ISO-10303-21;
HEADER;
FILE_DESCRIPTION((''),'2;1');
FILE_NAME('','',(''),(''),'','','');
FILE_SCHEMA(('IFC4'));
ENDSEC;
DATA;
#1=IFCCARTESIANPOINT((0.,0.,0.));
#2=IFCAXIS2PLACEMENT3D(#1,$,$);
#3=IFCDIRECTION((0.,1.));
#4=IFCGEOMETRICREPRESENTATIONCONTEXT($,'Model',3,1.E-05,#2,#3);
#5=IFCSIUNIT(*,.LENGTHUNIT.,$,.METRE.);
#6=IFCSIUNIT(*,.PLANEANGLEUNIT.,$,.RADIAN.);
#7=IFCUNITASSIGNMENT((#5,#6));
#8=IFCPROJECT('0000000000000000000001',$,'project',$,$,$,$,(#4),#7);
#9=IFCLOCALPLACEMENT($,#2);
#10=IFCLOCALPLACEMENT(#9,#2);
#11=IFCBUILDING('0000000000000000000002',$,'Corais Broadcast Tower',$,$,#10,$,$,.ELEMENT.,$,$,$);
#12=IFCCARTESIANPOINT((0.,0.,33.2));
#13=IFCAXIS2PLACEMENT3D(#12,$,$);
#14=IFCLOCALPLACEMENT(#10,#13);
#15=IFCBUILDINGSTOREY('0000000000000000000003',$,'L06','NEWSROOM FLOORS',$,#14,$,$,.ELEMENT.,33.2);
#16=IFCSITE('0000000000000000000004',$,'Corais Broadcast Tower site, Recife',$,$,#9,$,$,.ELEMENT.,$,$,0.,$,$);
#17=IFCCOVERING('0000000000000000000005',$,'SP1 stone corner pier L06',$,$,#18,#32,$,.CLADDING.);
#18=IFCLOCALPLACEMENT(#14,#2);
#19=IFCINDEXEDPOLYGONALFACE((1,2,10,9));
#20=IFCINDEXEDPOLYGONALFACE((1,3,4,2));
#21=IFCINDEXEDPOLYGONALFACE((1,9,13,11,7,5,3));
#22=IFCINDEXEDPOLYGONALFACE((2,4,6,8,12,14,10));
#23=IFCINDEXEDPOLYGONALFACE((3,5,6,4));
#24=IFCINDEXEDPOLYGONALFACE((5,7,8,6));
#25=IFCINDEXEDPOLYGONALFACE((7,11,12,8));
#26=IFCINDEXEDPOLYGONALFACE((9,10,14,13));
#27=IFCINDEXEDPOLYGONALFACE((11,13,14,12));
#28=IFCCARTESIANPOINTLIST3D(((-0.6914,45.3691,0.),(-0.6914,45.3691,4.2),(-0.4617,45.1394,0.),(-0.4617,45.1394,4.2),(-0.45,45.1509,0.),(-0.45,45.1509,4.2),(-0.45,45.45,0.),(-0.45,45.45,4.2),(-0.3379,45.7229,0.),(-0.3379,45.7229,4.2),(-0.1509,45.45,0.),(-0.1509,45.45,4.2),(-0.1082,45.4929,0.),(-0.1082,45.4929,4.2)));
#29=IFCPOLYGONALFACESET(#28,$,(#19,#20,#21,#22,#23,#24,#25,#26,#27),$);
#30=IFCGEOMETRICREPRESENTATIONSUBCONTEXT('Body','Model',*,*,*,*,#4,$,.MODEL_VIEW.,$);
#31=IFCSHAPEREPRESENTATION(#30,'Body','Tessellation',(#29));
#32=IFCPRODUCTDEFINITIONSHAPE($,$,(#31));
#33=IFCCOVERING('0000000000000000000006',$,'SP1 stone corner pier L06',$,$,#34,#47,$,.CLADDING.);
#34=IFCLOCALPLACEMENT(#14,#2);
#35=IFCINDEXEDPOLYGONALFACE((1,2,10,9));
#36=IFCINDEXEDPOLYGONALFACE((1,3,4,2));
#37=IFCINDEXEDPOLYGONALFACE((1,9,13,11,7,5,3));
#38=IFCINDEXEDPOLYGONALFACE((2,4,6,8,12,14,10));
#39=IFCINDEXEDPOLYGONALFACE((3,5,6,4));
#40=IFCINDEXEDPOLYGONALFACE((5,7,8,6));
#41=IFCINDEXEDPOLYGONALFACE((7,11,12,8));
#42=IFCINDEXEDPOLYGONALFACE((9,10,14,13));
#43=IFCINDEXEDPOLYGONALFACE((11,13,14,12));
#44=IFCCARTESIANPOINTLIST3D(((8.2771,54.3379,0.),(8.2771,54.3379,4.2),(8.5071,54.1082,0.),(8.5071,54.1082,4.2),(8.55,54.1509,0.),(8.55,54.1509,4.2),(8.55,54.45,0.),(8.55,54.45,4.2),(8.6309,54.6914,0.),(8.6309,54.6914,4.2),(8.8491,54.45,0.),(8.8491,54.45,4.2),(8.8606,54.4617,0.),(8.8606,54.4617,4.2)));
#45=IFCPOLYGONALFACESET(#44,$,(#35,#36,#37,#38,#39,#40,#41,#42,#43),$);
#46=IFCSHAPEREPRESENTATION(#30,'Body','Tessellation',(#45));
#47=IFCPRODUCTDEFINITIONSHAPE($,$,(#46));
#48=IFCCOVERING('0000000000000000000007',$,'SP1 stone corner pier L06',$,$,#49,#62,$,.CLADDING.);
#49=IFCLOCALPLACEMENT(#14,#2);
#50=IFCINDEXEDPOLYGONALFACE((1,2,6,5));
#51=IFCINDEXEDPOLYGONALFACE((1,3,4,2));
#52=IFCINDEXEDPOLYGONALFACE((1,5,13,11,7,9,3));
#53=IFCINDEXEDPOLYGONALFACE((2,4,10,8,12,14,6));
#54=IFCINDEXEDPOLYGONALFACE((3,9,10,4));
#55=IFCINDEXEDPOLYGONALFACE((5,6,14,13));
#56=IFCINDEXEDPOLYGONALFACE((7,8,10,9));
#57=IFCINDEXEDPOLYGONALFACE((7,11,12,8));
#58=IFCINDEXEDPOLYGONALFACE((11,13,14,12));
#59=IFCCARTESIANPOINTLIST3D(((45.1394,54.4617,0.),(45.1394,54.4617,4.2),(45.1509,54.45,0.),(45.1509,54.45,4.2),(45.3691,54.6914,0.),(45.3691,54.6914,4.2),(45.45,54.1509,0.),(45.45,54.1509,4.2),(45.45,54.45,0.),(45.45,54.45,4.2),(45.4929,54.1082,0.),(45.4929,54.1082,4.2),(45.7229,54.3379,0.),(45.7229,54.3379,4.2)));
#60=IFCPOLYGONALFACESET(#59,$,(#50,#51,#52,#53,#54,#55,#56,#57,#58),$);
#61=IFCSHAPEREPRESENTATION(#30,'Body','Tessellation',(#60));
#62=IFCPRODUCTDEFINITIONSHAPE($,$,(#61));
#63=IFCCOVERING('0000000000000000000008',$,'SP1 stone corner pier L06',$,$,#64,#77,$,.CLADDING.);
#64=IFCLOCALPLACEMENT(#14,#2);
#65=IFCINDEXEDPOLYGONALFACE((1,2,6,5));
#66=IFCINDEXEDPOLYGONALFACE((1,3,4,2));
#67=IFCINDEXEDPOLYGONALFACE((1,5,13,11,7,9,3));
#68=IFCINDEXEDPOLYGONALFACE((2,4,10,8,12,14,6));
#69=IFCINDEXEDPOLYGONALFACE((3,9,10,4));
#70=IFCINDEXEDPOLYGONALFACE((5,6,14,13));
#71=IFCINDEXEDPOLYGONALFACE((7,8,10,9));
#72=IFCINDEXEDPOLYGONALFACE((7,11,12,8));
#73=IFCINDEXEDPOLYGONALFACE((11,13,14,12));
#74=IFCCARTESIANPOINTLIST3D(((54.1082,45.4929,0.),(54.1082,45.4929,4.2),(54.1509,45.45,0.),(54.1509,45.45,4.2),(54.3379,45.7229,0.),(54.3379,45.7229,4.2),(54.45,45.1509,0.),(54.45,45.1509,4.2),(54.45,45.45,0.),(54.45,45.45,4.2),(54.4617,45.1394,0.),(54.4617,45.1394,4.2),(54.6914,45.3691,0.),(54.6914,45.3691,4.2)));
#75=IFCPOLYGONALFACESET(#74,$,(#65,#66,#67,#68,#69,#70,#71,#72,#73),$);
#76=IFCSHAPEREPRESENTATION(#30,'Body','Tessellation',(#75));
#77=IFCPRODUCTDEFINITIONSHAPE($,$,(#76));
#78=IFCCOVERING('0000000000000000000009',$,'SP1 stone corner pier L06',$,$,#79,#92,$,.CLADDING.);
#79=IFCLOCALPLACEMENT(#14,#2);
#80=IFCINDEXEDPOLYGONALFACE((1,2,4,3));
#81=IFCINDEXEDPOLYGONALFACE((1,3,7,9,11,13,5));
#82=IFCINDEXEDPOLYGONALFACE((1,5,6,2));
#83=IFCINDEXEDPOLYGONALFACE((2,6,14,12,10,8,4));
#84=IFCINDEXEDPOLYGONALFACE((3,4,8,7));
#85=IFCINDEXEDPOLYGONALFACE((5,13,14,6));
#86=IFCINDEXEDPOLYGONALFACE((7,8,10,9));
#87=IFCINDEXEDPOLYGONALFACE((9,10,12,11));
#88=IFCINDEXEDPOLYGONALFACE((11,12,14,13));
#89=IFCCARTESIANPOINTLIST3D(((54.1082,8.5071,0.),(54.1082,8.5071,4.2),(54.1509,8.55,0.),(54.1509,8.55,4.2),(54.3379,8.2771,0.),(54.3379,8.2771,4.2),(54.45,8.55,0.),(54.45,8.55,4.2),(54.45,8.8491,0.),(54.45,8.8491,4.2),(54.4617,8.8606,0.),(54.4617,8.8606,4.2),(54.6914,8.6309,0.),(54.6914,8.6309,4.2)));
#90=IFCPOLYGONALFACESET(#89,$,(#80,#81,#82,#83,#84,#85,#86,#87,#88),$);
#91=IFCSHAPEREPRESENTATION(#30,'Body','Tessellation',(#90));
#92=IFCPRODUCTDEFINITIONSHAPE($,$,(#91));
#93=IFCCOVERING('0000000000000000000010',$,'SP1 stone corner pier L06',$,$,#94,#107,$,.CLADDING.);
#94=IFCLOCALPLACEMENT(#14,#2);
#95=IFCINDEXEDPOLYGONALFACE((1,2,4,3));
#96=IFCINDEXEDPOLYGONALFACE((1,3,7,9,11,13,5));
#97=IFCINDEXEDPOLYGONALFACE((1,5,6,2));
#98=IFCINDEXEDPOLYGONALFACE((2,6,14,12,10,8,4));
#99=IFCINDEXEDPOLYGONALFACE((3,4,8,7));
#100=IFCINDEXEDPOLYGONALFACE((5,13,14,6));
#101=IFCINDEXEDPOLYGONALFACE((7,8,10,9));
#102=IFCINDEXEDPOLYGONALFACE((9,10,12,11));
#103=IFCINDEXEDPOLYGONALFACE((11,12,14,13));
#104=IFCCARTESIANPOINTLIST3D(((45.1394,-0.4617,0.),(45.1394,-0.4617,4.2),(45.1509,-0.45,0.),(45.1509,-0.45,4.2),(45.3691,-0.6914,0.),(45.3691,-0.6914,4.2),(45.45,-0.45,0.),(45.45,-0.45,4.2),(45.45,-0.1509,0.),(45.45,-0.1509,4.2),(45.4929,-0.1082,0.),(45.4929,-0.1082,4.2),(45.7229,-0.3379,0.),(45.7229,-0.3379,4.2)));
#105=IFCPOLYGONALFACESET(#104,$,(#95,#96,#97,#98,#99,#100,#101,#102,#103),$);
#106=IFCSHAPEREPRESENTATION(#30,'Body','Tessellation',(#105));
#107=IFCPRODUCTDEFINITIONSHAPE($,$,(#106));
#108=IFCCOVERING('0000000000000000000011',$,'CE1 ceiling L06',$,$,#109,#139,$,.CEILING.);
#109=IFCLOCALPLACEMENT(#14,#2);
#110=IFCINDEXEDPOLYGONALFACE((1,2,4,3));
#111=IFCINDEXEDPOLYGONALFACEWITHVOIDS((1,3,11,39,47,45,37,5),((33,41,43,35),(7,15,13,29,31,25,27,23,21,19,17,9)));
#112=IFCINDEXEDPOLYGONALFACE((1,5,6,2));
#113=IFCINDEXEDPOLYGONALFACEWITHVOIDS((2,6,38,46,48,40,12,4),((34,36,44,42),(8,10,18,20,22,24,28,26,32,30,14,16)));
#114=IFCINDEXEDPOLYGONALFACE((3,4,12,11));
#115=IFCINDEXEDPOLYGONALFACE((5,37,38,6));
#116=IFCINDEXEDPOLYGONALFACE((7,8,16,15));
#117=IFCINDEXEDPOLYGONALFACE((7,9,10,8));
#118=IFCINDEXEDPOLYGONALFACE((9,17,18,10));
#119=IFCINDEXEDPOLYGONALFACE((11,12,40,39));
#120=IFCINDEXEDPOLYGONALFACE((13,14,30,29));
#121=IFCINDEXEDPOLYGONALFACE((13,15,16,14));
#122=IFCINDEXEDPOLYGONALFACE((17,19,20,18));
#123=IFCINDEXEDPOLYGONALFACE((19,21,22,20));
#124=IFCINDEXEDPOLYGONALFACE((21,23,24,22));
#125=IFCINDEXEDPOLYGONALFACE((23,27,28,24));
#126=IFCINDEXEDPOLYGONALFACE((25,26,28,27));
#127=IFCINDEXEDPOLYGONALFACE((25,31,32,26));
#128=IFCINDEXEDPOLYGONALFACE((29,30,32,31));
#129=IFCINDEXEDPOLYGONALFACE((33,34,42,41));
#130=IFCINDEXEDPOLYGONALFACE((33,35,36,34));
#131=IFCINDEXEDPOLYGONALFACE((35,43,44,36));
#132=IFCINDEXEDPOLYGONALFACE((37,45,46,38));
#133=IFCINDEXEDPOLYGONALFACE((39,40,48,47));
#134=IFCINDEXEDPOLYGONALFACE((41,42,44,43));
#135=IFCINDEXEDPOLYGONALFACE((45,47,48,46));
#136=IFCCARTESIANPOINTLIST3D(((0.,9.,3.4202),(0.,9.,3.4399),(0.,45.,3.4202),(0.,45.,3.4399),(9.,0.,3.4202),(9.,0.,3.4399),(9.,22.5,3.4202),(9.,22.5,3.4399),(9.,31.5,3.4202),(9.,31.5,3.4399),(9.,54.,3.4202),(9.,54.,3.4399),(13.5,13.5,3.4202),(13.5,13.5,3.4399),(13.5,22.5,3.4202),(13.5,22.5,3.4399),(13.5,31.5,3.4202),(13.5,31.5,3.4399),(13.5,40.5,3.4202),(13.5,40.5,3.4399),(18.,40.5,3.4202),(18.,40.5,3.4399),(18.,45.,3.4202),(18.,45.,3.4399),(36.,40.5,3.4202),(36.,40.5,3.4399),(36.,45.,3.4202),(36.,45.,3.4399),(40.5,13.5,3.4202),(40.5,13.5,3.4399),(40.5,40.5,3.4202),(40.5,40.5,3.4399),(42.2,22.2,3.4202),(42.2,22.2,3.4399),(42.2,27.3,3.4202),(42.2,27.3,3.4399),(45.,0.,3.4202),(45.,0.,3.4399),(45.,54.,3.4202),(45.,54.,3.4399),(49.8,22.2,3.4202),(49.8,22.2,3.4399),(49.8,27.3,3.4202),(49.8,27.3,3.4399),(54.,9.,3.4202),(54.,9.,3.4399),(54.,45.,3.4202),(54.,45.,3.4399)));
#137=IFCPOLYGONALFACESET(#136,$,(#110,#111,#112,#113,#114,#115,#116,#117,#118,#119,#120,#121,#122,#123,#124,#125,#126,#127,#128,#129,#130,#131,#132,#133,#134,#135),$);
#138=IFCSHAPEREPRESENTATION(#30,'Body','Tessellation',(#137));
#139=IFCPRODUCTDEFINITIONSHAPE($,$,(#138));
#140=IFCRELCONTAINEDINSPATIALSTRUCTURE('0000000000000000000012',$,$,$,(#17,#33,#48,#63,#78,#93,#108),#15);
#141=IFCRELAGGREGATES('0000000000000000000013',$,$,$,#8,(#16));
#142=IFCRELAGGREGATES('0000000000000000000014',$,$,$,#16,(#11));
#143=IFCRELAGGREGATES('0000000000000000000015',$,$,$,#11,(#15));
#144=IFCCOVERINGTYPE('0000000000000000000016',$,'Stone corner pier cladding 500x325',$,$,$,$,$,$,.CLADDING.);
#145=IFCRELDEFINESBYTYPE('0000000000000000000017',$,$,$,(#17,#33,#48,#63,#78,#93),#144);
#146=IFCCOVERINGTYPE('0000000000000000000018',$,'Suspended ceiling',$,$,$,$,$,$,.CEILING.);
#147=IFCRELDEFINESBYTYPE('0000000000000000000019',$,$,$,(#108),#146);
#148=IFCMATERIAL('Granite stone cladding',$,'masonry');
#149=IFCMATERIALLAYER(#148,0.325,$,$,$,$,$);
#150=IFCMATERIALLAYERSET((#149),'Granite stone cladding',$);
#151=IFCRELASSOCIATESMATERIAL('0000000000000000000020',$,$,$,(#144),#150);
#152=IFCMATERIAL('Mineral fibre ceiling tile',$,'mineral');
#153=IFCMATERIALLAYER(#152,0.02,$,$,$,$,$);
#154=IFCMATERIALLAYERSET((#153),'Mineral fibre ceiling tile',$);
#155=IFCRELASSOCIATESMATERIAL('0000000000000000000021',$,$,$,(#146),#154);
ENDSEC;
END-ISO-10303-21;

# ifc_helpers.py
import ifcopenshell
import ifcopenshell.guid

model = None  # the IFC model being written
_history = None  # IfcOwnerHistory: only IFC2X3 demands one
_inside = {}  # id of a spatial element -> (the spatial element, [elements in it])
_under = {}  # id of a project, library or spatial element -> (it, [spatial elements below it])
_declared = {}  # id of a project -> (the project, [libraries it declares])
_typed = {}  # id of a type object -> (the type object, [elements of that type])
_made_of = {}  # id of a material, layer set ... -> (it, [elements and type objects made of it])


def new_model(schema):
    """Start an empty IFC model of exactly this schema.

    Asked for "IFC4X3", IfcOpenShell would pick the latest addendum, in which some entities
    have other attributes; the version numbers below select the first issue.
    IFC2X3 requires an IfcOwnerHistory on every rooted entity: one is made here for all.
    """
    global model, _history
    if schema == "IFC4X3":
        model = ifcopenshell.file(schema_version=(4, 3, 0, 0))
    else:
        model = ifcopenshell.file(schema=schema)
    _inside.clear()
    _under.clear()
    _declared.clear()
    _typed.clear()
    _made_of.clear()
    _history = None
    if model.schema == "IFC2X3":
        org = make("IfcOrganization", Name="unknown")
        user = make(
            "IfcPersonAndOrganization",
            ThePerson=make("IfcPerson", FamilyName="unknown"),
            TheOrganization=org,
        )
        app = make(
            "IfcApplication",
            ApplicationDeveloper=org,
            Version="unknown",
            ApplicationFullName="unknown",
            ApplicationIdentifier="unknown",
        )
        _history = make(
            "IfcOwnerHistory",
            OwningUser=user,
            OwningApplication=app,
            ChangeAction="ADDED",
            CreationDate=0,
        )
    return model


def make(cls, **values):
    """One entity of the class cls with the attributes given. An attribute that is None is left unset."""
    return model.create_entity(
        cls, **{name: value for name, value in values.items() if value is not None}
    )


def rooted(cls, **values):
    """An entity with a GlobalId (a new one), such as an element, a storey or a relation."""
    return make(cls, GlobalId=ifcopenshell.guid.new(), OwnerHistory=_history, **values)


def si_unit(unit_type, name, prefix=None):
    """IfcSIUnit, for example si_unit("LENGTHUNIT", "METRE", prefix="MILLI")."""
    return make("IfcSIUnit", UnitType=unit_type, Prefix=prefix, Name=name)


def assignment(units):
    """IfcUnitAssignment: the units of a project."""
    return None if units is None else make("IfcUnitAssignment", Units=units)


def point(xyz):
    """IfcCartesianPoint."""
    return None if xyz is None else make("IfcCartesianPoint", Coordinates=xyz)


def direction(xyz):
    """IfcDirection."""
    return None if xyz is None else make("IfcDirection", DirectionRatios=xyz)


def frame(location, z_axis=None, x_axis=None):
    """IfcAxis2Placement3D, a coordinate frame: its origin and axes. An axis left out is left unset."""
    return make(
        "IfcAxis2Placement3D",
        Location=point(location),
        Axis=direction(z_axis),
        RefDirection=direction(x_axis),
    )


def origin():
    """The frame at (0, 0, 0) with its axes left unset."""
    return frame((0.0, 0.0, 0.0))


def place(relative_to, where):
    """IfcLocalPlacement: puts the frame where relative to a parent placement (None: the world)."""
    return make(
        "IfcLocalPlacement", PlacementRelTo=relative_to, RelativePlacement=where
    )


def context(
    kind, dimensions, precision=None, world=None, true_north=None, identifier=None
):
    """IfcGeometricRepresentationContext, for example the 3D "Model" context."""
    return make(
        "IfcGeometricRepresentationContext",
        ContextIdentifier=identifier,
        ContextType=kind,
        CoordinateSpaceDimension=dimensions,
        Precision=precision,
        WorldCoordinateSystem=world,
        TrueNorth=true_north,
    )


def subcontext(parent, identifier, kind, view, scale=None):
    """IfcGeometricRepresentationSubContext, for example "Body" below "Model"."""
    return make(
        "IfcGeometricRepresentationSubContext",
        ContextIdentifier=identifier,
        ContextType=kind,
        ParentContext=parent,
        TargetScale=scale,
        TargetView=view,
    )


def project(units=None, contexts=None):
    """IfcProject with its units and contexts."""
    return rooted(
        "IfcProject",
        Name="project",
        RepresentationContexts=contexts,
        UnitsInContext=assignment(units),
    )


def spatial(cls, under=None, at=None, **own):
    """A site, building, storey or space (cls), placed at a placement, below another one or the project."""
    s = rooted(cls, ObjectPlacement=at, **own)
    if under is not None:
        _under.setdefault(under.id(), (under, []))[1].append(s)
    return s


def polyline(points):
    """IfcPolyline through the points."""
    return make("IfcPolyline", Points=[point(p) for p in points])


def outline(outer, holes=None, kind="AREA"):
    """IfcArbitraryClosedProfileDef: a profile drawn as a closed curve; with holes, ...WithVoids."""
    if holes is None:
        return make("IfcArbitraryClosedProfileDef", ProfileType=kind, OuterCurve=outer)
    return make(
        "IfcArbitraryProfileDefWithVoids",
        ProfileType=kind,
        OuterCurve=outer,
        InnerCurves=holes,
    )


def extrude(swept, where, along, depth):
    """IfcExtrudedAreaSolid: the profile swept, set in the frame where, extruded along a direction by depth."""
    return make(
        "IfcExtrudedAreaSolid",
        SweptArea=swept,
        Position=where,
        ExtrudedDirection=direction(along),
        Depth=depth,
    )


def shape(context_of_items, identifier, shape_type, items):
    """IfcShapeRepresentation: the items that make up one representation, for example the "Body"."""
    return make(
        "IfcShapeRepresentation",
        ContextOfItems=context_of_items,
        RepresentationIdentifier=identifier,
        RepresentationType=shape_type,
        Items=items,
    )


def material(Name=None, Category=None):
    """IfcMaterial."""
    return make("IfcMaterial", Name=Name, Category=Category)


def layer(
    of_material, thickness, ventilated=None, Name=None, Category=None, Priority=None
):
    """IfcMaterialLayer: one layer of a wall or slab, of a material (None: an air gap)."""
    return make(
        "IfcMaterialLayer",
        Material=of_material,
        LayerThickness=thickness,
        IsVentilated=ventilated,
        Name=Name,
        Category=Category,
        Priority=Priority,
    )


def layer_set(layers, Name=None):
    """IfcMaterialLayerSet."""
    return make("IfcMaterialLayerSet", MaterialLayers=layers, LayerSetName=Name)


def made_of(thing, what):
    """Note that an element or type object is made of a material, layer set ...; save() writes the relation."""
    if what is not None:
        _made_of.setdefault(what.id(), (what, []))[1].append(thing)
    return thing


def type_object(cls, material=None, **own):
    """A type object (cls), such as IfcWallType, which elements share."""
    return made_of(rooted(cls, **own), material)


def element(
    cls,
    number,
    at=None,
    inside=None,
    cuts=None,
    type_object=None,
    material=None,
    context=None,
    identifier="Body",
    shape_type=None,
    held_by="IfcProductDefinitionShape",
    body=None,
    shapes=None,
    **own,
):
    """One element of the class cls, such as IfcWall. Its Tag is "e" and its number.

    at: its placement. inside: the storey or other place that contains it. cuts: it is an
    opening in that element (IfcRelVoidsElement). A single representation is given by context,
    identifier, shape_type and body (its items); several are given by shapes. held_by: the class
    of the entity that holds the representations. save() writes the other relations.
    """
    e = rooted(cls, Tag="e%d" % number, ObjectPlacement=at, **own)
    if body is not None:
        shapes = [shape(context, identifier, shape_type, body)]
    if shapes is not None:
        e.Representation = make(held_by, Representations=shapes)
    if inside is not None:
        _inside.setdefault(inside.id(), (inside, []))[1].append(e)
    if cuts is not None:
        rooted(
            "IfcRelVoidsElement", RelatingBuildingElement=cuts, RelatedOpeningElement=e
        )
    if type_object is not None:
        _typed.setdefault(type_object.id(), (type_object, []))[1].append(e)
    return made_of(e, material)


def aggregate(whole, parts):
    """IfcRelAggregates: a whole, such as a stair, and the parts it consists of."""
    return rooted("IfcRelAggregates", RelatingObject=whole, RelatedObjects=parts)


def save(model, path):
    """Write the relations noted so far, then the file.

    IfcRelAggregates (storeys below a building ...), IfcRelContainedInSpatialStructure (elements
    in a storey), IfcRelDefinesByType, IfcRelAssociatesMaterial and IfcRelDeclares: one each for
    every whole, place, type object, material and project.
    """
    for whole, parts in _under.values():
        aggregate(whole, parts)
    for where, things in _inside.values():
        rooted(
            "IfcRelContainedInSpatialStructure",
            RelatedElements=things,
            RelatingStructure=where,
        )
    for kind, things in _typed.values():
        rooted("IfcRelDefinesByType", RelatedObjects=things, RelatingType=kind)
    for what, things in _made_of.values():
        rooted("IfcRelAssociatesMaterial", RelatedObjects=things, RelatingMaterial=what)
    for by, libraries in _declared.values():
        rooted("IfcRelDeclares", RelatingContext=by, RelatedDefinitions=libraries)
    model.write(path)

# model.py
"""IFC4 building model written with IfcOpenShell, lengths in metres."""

from ifc_helpers import new_model, si_unit, direction, frame, origin, place, context, subcontext, project, spatial, polyline, outline, extrude, material, layer, layer_set, type_object, element, save


model = new_model("IFC4")

# Units and contexts
model_context = context("Model", 3, precision=1e-05, world=origin(), true_north=direction((0.0, 1.0)))
body_context = subcontext(model_context, "Body", "Model", "MODEL_VIEW")
ifc_project = project(units=[si_unit("LENGTHUNIT", "METRE"), si_unit("PLANEANGLEUNIT", "RADIAN")], contexts=[model_context])

# Site, building, storey
site_placement = place(None, origin())
site = spatial("IfcSite", under=ifc_project, at=site_placement, Name="Corais Broadcast Tower site, Recife", CompositionType="ELEMENT", RefElevation=0.0)
building_placement = place(site_placement, origin())
building = spatial("IfcBuilding", under=site, at=building_placement, Name="Corais Broadcast Tower", CompositionType="ELEMENT")
storey_placement = place(building_placement, frame((0.0, 0.0, 33.2)))
storey = spatial("IfcBuildingStorey", under=building, at=storey_placement, Name="L06", Description="NEWSROOM FLOORS", CompositionType="ELEMENT", Elevation=33.2)

# Coverings
ifc_material_1 = material(Name="Granite stone cladding", Category="masonry")
ifc_layer_1 = layer(ifc_material_1, 0.325)
ifc_layer_set_1 = layer_set([ifc_layer_1], Name="Granite stone cladding")
covering_type_1 = type_object("IfcCoveringType", Name="Stone corner pier cladding 500x325", PredefinedType="CLADDING", material=ifc_layer_set_1)
covering_1_placement = place(storey_placement, origin())
element("IfcCovering", 1, at=covering_1_placement, inside=storey, type_object=covering_type_1, Name="SP1 stone corner pier L06", PredefinedType="CLADDING", context=body_context, shape_type="SweptSolid", body=[
    extrude(outline(polyline([(-0.4617, 45.1394), (-0.45, 45.1509), (-0.45, 45.45), (-0.1509, 45.45), (-0.1082, 45.4929), (-0.3379, 45.7229), (-0.6914, 45.3691), (-0.4617, 45.1394)])), origin(), (0.0, 0.0, 1.0), 4.2),
])
covering_2_placement = place(storey_placement, origin())
element("IfcCovering", 2, at=covering_2_placement, inside=storey, type_object=covering_type_1, Name="SP1 stone corner pier L06", PredefinedType="CLADDING", context=body_context, shape_type="SweptSolid", body=[
    extrude(outline(polyline([(8.8491, 54.45), (8.8606, 54.4617), (8.6309, 54.6914), (8.2771, 54.3379), (8.5071, 54.1082), (8.55, 54.1509), (8.55, 54.45), (8.8491, 54.45)])), origin(), (0.0, 0.0, 1.0), 4.2),
])
covering_3_placement = place(storey_placement, origin())
element("IfcCovering", 3, at=covering_3_placement, inside=storey, type_object=covering_type_1, Name="SP1 stone corner pier L06", PredefinedType="CLADDING", context=body_context, shape_type="SweptSolid", body=[
    extrude(outline(polyline([(45.1394, 54.4617), (45.1509, 54.45), (45.45, 54.45), (45.45, 54.1509), (45.4929, 54.1082), (45.7229, 54.3379), (45.3691, 54.6914), (45.1394, 54.4617)])), origin(), (0.0, 0.0, 1.0), 4.2),
])
covering_4_placement = place(storey_placement, origin())
element("IfcCovering", 4, at=covering_4_placement, inside=storey, type_object=covering_type_1, Name="SP1 stone corner pier L06", PredefinedType="CLADDING", context=body_context, shape_type="SweptSolid", body=[
    extrude(outline(polyline([(54.45, 45.1509), (54.4617, 45.1394), (54.6914, 45.3691), (54.3379, 45.7229), (54.1082, 45.4929), (54.1509, 45.45), (54.45, 45.45), (54.45, 45.1509)])), origin(), (0.0, 0.0, 1.0), 4.2),
])
covering_5_placement = place(storey_placement, origin())
element("IfcCovering", 5, at=covering_5_placement, inside=storey, type_object=covering_type_1, Name="SP1 stone corner pier L06", PredefinedType="CLADDING", context=body_context, shape_type="SweptSolid", body=[
    extrude(outline(polyline([(54.4617, 8.8606), (54.45, 8.8491), (54.45, 8.55), (54.1509, 8.55), (54.1082, 8.5071), (54.3379, 8.2771), (54.6914, 8.6309), (54.4617, 8.8606)])), origin(), (0.0, 0.0, 1.0), 4.2),
])
covering_6_placement = place(storey_placement, origin())
element("IfcCovering", 6, at=covering_6_placement, inside=storey, type_object=covering_type_1, Name="SP1 stone corner pier L06", PredefinedType="CLADDING", context=body_context, shape_type="SweptSolid", body=[
    extrude(outline(polyline([(45.1509, -0.45), (45.1394, -0.4617), (45.3691, -0.6914), (45.7229, -0.3379), (45.4929, -0.1082), (45.45, -0.1509), (45.45, -0.45), (45.1509, -0.45)])), origin(), (0.0, 0.0, 1.0), 4.2),
])
ifc_material_2 = material(Name="Mineral fibre ceiling tile", Category="mineral")
ifc_layer_2 = layer(ifc_material_2, 0.02)
ifc_layer_set_2 = layer_set([ifc_layer_2], Name="Mineral fibre ceiling tile")
covering_type_2 = type_object("IfcCoveringType", Name="Suspended ceiling", PredefinedType="CEILING", material=ifc_layer_set_2)
covering_7_placement = place(storey_placement, frame((0.0, 0.0, 3.4202)))
element("IfcCovering", 7, at=covering_7_placement, inside=storey, type_object=covering_type_2, Name="CE1 ceiling L06", PredefinedType="CEILING", context=body_context, shape_type="SweptSolid", body=[
    extrude(outline(polyline([(0.0, 9.0), (0.0, 45.0), (9.0, 54.0), (45.0, 54.0), (54.0, 45.0), (54.0, 9.0), (45.0, 0.0), (9.0, 0.0), (0.0, 9.0)]), holes=[polyline([(36.0, 40.5), (36.0, 45.0), (18.0, 45.0), (18.0, 40.5), (13.5, 40.5), (13.5, 31.5), (9.0, 31.5), (9.0, 22.5), (13.5, 22.5), (13.5, 13.5), (40.5, 13.5), (40.5, 40.5), (36.0, 40.5)]), polyline([(49.8, 27.3), (42.2, 27.3), (42.2, 22.2), (49.8, 22.2), (49.8, 27.3)])]), origin(), (0.0, 0.0, 1.0), 0.0198),
])

save(model, "model.ifc")
